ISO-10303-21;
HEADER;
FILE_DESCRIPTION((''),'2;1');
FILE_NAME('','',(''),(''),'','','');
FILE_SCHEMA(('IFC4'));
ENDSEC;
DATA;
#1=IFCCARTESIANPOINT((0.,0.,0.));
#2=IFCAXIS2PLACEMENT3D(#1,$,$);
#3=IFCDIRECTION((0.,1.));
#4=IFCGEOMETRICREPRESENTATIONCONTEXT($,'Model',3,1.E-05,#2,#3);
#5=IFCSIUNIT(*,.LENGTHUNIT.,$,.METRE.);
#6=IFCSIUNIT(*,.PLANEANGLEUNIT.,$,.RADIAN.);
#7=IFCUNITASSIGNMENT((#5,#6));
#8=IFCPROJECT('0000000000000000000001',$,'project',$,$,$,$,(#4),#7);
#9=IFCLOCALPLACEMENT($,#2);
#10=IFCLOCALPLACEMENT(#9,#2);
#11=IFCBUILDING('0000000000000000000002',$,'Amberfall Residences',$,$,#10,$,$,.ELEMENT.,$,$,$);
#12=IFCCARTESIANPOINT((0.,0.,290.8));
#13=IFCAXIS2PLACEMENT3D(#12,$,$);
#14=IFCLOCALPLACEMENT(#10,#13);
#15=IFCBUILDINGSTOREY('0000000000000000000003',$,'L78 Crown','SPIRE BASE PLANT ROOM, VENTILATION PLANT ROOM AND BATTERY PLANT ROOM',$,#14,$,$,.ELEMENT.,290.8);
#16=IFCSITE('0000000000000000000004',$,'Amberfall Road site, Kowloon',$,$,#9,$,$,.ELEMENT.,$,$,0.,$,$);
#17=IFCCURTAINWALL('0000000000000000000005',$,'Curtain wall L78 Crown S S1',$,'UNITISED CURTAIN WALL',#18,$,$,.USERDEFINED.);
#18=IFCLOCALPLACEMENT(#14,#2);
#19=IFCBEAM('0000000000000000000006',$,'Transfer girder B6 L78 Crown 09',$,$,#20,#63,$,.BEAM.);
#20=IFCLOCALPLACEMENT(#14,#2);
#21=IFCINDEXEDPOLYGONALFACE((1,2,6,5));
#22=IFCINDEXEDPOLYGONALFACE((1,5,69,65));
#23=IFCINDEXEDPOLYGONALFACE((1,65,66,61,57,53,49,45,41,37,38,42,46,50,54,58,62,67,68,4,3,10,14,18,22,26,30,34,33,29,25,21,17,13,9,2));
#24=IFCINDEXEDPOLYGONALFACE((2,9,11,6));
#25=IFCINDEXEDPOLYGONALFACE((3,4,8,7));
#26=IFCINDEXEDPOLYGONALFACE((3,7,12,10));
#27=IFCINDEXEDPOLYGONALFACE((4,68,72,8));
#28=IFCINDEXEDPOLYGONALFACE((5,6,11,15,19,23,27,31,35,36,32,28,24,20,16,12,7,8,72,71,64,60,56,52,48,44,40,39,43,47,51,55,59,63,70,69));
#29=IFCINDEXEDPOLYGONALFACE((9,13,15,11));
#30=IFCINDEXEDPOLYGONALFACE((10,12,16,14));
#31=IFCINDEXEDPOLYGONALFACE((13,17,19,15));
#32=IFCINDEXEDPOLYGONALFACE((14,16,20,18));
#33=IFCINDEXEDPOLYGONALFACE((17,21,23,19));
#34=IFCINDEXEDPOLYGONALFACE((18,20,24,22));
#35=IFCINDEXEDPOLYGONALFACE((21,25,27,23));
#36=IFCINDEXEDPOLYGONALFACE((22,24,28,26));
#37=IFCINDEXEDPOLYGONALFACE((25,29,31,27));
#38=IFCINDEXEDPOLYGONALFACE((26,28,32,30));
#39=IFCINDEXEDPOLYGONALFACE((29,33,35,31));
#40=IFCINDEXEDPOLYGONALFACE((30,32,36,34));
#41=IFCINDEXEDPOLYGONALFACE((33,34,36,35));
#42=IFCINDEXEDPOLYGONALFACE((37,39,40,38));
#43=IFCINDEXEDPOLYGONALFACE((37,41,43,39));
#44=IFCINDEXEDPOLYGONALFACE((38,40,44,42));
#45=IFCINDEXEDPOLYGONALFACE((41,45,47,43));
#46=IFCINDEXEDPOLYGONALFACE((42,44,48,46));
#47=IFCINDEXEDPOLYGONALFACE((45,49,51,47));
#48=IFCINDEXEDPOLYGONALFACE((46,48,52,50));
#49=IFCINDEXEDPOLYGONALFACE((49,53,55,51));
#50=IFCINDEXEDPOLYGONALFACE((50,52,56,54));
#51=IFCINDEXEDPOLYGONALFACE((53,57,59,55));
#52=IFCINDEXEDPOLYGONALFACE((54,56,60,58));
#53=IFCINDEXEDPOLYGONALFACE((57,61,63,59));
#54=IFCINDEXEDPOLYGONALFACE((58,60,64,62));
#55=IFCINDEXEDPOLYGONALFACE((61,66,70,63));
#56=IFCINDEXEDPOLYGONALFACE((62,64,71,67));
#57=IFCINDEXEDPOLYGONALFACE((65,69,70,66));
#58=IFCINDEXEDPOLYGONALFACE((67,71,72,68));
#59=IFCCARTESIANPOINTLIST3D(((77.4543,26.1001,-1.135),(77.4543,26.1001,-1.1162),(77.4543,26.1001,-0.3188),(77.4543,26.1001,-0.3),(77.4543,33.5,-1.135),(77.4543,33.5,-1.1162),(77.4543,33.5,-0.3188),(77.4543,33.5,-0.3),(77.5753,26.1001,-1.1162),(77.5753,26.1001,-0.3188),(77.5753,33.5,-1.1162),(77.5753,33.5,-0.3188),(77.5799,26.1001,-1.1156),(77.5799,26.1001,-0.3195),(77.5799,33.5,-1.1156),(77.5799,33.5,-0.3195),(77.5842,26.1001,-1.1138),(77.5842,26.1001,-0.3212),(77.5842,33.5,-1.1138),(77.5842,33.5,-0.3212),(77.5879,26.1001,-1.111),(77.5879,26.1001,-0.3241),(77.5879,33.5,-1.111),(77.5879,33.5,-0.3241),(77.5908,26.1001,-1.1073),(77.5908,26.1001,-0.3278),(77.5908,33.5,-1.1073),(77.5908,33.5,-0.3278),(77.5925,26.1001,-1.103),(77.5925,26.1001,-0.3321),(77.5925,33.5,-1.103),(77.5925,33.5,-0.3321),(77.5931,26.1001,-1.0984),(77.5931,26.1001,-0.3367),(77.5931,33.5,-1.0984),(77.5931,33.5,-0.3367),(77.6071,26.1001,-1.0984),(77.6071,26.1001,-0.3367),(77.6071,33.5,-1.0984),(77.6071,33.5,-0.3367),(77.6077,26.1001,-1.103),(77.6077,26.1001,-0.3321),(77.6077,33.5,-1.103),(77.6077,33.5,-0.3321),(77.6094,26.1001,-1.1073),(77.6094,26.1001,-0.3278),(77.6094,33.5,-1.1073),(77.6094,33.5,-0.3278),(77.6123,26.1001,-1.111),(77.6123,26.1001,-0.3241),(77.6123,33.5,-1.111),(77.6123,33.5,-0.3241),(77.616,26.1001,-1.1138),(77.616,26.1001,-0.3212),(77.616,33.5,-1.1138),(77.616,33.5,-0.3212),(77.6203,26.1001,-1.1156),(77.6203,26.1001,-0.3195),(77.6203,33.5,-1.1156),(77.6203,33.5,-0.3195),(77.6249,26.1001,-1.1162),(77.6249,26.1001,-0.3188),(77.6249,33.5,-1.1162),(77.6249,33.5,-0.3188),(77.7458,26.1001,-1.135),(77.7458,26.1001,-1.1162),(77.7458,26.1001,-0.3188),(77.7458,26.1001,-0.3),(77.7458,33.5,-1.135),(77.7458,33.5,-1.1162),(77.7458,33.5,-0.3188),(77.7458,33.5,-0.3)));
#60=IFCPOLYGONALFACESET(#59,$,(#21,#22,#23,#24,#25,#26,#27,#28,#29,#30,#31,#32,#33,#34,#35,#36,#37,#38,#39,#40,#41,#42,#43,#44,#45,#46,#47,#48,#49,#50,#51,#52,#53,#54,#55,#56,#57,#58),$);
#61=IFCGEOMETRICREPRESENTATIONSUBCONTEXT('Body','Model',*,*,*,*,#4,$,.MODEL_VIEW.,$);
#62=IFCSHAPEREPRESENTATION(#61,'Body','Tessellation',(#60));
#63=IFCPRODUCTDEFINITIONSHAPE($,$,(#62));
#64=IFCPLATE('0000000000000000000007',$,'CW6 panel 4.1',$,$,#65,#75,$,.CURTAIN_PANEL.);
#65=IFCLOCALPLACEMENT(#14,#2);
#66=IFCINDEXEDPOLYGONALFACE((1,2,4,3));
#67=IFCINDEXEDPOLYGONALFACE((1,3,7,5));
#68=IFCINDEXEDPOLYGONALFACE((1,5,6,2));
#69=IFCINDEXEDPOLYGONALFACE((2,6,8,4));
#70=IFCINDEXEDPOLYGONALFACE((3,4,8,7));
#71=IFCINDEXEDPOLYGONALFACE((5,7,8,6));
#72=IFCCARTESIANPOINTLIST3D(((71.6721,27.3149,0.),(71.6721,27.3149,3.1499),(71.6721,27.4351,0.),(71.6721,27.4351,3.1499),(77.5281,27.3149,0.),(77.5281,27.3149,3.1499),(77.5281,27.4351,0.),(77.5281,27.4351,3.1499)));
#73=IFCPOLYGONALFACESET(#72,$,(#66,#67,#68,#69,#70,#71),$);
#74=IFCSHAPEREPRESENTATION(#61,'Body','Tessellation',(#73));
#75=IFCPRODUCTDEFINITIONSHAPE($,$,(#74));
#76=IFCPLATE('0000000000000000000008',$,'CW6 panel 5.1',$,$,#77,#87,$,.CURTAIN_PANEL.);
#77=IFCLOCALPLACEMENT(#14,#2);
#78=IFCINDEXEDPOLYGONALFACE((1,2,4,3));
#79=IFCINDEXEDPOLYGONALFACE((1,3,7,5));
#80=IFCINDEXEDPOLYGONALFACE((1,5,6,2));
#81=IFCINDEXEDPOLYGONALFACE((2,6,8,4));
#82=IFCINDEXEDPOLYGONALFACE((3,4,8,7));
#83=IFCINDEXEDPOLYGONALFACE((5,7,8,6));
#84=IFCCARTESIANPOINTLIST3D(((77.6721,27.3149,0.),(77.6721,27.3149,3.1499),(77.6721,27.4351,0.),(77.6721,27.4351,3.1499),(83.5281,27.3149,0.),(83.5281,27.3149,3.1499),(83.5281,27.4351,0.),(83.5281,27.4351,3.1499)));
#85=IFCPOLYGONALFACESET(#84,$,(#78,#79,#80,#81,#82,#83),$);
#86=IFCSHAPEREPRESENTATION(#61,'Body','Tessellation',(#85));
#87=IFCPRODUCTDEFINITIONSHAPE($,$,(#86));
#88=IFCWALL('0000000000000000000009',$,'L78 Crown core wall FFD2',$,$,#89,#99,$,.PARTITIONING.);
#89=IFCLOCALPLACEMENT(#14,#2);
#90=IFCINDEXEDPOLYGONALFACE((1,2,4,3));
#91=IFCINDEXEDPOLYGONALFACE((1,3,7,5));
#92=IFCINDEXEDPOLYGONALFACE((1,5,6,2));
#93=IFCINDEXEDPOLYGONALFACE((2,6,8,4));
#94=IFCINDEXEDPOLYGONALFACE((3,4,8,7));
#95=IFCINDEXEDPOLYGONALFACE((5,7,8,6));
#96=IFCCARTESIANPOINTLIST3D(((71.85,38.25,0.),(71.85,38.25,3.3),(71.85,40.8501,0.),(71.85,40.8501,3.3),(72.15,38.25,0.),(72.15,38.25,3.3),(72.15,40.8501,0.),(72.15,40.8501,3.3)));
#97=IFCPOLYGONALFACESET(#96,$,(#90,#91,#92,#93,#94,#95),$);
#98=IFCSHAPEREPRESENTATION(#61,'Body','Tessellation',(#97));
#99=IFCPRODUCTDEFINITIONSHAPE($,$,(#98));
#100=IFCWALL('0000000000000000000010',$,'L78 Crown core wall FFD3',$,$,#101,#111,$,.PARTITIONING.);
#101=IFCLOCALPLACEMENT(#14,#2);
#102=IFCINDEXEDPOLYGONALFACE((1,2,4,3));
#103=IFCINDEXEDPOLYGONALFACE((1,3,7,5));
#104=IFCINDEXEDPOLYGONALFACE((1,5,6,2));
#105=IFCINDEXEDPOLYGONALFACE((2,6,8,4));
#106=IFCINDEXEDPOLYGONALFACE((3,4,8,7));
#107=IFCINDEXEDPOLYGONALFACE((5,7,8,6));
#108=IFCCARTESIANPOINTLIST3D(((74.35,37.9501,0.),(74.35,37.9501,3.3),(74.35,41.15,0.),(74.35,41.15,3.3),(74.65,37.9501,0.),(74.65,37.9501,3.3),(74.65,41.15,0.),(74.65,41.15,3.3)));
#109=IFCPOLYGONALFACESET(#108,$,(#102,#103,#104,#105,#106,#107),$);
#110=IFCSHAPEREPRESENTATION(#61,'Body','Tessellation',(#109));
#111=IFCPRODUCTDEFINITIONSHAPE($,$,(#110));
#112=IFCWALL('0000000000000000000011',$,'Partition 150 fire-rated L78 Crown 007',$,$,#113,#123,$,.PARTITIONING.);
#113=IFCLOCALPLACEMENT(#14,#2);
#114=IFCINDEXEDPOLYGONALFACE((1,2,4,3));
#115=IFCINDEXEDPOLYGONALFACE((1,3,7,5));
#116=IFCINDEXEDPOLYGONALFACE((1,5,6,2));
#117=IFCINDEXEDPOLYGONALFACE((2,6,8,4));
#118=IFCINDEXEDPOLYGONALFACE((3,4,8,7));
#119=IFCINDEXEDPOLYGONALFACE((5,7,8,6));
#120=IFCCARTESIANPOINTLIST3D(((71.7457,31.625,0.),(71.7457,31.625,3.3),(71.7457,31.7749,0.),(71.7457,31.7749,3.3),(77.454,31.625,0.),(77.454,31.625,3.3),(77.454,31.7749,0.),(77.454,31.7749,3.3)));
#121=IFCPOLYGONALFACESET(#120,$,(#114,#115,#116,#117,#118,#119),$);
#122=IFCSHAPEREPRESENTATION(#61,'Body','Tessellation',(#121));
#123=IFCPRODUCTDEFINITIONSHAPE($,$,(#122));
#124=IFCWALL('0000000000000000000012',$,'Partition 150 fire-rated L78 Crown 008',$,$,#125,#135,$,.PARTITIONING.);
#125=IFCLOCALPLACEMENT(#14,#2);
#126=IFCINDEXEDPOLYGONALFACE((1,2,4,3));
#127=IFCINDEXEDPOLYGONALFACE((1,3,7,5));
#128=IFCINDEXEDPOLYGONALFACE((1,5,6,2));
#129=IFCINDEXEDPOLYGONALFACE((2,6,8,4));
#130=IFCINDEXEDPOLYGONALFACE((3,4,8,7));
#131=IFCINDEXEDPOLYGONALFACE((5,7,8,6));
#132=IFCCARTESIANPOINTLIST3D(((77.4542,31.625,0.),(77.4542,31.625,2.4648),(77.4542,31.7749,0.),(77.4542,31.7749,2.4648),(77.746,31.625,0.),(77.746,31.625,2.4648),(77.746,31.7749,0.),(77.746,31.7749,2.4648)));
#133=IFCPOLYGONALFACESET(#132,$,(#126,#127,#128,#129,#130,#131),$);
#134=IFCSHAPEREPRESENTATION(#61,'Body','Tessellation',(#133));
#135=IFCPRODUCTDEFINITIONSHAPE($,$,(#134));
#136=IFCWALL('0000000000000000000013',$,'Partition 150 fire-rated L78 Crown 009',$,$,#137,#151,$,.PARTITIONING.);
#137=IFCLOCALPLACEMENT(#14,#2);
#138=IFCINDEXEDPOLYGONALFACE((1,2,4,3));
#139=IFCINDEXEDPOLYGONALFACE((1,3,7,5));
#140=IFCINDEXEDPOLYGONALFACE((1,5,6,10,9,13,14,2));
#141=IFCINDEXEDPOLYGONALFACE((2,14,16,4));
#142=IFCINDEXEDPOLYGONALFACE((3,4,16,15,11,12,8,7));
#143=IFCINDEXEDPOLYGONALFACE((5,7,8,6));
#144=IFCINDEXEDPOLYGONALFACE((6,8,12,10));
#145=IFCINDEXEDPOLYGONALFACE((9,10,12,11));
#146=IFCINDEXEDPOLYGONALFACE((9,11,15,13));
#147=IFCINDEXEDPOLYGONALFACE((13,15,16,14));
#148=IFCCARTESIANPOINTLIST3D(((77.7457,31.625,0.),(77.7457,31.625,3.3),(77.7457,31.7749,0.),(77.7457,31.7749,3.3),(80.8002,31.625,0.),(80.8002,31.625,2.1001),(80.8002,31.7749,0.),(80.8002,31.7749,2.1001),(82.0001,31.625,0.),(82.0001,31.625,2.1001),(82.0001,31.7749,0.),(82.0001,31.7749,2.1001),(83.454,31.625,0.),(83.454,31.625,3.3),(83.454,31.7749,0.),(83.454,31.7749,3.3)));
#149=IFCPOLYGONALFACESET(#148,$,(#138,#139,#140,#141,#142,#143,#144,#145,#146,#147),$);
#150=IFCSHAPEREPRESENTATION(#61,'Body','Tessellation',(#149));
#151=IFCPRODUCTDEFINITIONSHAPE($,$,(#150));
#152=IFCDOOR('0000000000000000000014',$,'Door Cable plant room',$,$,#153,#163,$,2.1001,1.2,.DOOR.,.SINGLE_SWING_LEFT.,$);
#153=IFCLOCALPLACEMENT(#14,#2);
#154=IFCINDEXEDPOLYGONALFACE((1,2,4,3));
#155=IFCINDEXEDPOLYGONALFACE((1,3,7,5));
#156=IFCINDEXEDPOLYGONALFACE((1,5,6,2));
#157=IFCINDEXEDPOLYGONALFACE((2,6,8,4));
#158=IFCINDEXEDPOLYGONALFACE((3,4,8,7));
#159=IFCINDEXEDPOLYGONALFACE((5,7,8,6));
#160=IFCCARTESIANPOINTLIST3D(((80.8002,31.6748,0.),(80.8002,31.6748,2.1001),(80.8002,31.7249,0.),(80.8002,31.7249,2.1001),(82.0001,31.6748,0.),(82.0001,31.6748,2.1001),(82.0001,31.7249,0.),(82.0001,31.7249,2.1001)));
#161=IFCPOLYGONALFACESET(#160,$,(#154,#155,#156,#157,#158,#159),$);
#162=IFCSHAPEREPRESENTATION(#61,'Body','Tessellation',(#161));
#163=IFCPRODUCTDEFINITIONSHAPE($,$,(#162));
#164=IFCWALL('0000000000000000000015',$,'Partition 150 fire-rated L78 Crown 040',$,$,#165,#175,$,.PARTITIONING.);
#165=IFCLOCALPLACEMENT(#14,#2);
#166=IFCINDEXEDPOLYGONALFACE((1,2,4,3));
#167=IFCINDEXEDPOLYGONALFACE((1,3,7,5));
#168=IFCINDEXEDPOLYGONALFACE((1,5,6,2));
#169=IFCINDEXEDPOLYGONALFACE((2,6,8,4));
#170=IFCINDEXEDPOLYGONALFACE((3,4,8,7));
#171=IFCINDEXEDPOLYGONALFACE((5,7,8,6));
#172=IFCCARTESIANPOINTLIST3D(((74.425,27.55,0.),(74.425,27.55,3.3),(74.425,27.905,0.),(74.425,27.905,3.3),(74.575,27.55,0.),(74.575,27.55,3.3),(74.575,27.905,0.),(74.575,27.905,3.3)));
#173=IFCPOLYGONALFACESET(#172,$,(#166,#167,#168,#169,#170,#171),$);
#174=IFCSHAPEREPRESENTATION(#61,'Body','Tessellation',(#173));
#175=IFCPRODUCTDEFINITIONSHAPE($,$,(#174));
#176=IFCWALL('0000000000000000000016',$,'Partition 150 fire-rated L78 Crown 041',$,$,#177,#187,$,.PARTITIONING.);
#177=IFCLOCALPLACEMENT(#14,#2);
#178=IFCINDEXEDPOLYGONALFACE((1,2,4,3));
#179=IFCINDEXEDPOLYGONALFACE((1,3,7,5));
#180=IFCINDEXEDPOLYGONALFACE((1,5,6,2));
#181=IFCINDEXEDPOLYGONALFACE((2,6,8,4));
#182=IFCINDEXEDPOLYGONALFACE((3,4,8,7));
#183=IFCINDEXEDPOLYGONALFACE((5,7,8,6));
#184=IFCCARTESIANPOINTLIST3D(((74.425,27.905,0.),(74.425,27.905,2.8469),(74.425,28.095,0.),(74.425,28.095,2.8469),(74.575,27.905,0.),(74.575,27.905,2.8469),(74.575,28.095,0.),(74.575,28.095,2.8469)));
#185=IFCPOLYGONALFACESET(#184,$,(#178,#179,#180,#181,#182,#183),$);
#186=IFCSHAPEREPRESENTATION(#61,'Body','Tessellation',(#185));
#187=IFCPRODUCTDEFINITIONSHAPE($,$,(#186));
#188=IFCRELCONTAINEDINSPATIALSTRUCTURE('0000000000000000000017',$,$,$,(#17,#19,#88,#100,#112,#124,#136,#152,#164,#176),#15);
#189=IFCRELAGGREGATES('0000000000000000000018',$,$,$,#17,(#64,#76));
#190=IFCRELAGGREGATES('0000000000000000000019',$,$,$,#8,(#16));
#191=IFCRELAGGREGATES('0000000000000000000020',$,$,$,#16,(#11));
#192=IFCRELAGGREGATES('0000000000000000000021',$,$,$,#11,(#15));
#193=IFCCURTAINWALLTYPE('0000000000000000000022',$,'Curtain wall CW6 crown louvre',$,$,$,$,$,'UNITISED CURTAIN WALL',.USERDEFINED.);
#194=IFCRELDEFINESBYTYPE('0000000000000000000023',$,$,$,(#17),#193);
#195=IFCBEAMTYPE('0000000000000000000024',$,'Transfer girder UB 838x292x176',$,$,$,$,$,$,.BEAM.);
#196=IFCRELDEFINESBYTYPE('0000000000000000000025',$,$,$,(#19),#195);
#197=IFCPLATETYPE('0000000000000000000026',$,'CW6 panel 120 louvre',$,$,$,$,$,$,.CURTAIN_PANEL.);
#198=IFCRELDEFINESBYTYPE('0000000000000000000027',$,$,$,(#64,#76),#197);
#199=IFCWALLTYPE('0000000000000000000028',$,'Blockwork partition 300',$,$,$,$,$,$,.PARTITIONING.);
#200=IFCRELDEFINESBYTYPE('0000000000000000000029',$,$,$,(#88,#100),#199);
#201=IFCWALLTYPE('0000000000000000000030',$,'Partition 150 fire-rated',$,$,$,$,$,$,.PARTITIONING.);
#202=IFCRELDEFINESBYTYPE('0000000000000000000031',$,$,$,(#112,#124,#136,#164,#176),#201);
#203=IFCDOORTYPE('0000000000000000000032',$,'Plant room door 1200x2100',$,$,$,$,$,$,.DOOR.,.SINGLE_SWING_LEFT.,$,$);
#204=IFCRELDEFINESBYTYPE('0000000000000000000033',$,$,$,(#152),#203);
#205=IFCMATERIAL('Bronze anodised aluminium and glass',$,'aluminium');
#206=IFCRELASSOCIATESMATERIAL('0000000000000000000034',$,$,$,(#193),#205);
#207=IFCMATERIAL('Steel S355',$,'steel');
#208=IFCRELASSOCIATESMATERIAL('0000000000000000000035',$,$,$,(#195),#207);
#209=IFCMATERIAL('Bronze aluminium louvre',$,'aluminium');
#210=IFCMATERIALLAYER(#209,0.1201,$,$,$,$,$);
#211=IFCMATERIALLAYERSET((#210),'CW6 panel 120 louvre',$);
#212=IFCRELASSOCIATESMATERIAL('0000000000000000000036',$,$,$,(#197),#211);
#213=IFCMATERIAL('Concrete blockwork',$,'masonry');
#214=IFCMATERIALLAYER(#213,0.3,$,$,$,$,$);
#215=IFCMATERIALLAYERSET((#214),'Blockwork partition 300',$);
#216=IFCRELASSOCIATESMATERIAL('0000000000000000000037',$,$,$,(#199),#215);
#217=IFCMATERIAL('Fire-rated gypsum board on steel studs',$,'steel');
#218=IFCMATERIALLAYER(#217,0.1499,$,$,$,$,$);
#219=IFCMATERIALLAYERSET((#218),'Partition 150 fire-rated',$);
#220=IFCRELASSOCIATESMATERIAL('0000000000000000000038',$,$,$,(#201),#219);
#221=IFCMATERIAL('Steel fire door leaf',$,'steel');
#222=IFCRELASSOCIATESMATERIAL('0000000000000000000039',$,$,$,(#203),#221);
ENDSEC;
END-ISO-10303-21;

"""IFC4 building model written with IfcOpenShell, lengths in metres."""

from ifc_helpers import new_model, si_unit, direction, frame, frame_2d, origin, origin_2d, place, context, subcontext, project, spatial, rectangle, i_section, extrude, material, layer, layer_set, material_profile, profile_set, type_object, element, fill, aggregate, save


model = new_model("IFC4")

# Units and contexts
model_context = context("Model", 3, precision=1e-05, world=origin(), true_north=direction((0.0, 1.0)))
body_context = subcontext(model_context, "Body", "Model", "MODEL_VIEW")
ifc_project = project(units=[si_unit("LENGTHUNIT", "METRE"), si_unit("PLANEANGLEUNIT", "RADIAN")], contexts=[model_context])

# Site, building, storey
site_placement = place(None, origin())
site = spatial("IfcSite", under=ifc_project, at=site_placement, Name="Amberfall Road site, Kowloon", CompositionType="ELEMENT", RefElevation=0.0)
building_placement = place(site_placement, origin())
building = spatial("IfcBuilding", under=site, at=building_placement, Name="Amberfall Residences", CompositionType="ELEMENT")
storey_placement = place(building_placement, frame((0.0, 0.0, 290.8)))
storey = spatial("IfcBuildingStorey", under=building, at=storey_placement, Name="L78 Crown", Description="SPIRE BASE PLANT ROOM, VENTILATION PLANT ROOM AND BATTERY PLANT ROOM", CompositionType="ELEMENT", Elevation=290.8)

# Shared definitions
ifc_material_1 = material(Name="Steel S355", Category="steel")

# Curtain wall
ifc_material_2 = material(Name="Bronze anodised aluminium and glass", Category="aluminium")
curtain_wall_type = type_object("IfcCurtainWallType", Name="Curtain wall CW6 crown louvre", ElementType="UNITISED CURTAIN WALL", PredefinedType="USERDEFINED", material=ifc_material_2)
curtain_wall_placement = place(storey_placement, origin())
curtain_wall = element("IfcCurtainWall", 1, at=curtain_wall_placement, inside=storey, type_object=curtain_wall_type, Name="Curtain wall L78 Crown S S1", ObjectType="UNITISED CURTAIN WALL", PredefinedType="USERDEFINED")

# Beam
ifc_material_profile_1 = material_profile(ifc_material_1, i_section(OverallWidth=0.2915, OverallDepth=0.835, WebThickness=0.0139, FlangeThickness=0.0188, FilletRadius=0.0178, at=origin_2d()), Name="UB 838x292x176")
ifc_profile_set_1 = profile_set([ifc_material_profile_1], Name="Steel S355")
beam_type_1 = type_object("IfcBeamType", Name="Transfer girder UB 838x292x176", PredefinedType="BEAM", material=ifc_profile_set_1)
beam_1_placement = place(storey_placement, frame((77.6001, 26.1001, -0.7175), z_axis=(0.0, 1.0, 0.0), x_axis=(-1.0, 0.0, 0.0)))
element("IfcBeam", 2, at=beam_1_placement, inside=storey, type_object=beam_type_1, Name="Transfer girder B6 L78 Crown 09", PredefinedType="BEAM", context=body_context, shape_type="SweptSolid", body=[
    extrude(i_section(OverallWidth=0.2915, OverallDepth=0.835, WebThickness=0.0139, FlangeThickness=0.0188, FilletRadius=0.0178, at=origin_2d()), origin(), (0.0, 0.0, 1.0), 7.3999),
])

# Plates
ifc_material_3 = material(Name="Bronze aluminium louvre", Category="aluminium")
ifc_layer_1 = layer(ifc_material_3, 0.1201)
ifc_layer_set_1 = layer_set([ifc_layer_1], Name="CW6 panel 120 louvre")
plate_type = type_object("IfcPlateType", Name="CW6 panel 120 louvre", PredefinedType="CURTAIN_PANEL", material=ifc_layer_set_1)
plate_1_placement = place(storey_placement, frame((74.6001, 27.375, 0.0), z_axis=(0.0, 0.0, 1.0), x_axis=(1.0, 0.0, 0.0)))
plate_1 = element("IfcPlate", 3, at=plate_1_placement, type_object=plate_type, Name="CW6 panel 4.1", PredefinedType="CURTAIN_PANEL", context=body_context, shape_type="SweptSolid", body=[
    extrude(rectangle(XDim=5.856, YDim=0.1201, at=origin_2d()), origin(), (0.0, 0.0, 1.0), 3.1499),
])
plate_2_placement = place(storey_placement, frame((80.6001, 27.375, 0.0), z_axis=(0.0, 0.0, 1.0), x_axis=(1.0, 0.0, 0.0)))
plate_2 = element("IfcPlate", 4, at=plate_2_placement, type_object=plate_type, Name="CW6 panel 5.1", PredefinedType="CURTAIN_PANEL", context=body_context, shape_type="SweptSolid", body=[
    extrude(rectangle(XDim=5.856, YDim=0.1201, at=origin_2d()), origin(), (0.0, 0.0, 1.0), 3.1499),
])
aggregate(curtain_wall, [plate_1, plate_2])

# Walls
ifc_material_4 = material(Name="Concrete blockwork", Category="masonry")
ifc_layer_2 = layer(ifc_material_4, 0.3)
ifc_layer_set_2 = layer_set([ifc_layer_2], Name="Blockwork partition 300")
wall_type_1 = type_object("IfcWallType", Name="Blockwork partition 300", PredefinedType="PARTITIONING", material=ifc_layer_set_2)
wall_1_placement = place(storey_placement, frame((72.0, 38.25, 0.0), z_axis=(0.0, 0.0, 1.0), x_axis=(0.0, 1.0, 0.0)))
element("IfcWall", 5, at=wall_1_placement, inside=storey, type_object=wall_type_1, Name="L78 Crown core wall FFD2", PredefinedType="PARTITIONING", context=body_context, shape_type="SweptSolid", body=[
    extrude(rectangle(XDim=2.6001, YDim=0.3, at=frame_2d((1.3, 0.0))), origin(), (0.0, 0.0, 1.0), 3.3),
])
wall_2_placement = place(storey_placement, frame((74.5, 37.95, 0.0), z_axis=(0.0, 0.0, 1.0), x_axis=(0.0, 1.0, 0.0)))
element("IfcWall", 6, at=wall_2_placement, inside=storey, type_object=wall_type_1, Name="L78 Crown core wall FFD3", PredefinedType="PARTITIONING", context=body_context, shape_type="SweptSolid", body=[
    extrude(rectangle(XDim=3.2, YDim=0.3, at=frame_2d((1.6001, 0.0))), origin(), (0.0, 0.0, 1.0), 3.3),
])
ifc_material_5 = material(Name="Fire-rated gypsum board on steel studs", Category="steel")
ifc_layer_3 = layer(ifc_material_5, 0.1499)
ifc_layer_set_3 = layer_set([ifc_layer_3], Name="Partition 150 fire-rated")
wall_type_2 = type_object("IfcWallType", Name="Partition 150 fire-rated", PredefinedType="PARTITIONING", material=ifc_layer_set_3)
wall_3_placement = place(storey_placement, frame((71.7458, 31.7, 0.0), z_axis=(0.0, 0.0, 1.0), x_axis=(1.0, 0.0, 0.0)))
element("IfcWall", 7, at=wall_3_placement, inside=storey, type_object=wall_type_2, Name="Partition 150 fire-rated L78 Crown 007", PredefinedType="PARTITIONING", context=body_context, shape_type="SweptSolid", body=[
    extrude(rectangle(XDim=5.7083, YDim=0.1499, at=frame_2d((2.854, 0.0))), origin(), (0.0, 0.0, 1.0), 3.3),
])
wall_4_placement = place(storey_placement, frame((77.4541, 31.7, 0.0), z_axis=(0.0, 0.0, 1.0), x_axis=(1.0, 0.0, 0.0)))
element("IfcWall", 8, at=wall_4_placement, inside=storey, type_object=wall_type_2, Name="Partition 150 fire-rated L78 Crown 008", PredefinedType="PARTITIONING", context=body_context, shape_type="SweptSolid", body=[
    extrude(rectangle(XDim=0.2917, YDim=0.1499, at=frame_2d((0.146, 0.0))), origin(), (0.0, 0.0, 1.0), 2.4648),
])

# Wall, opening, door
wall_5_placement = place(storey_placement, frame((77.7458, 31.7, 0.0), z_axis=(0.0, 0.0, 1.0), x_axis=(1.0, 0.0, 0.0)))
wall_5 = element("IfcWall", 9, at=wall_5_placement, inside=storey, type_object=wall_type_2, Name="Partition 150 fire-rated L78 Crown 009", PredefinedType="PARTITIONING", context=body_context, shape_type="SweptSolid", body=[
    extrude(rectangle(XDim=5.7083, YDim=0.1499, at=frame_2d((2.854, 0.0))), origin(), (0.0, 0.0, 1.0), 3.3),
])
opening_placement = place(wall_5_placement, frame((3.0542, 0.0, 0.0)))
opening = element("IfcOpeningElement", 10, at=opening_placement, cuts=wall_5, PredefinedType="OPENING", context=body_context, shape_type="SweptSolid", body=[
    extrude(rectangle(XDim=1.2, YDim=2.1001, at=frame_2d((0.6001, 1.05))), frame((0.0, 0.085, 0.0), z_axis=(0.0, -1.0, 0.0), x_axis=(1.0, 0.0, 0.0)), (0.0, 0.0, 1.0), 0.1699),
])
ifc_material_6 = material(Name="Steel fire door leaf", Category="steel")
door_type = type_object("IfcDoorType", Name="Plant room door 1200x2100", OperationType="SINGLE_SWING_LEFT", PredefinedType="DOOR", material=ifc_material_6)
door_placement = place(opening_placement, origin())
door = element("IfcDoor", 11, at=door_placement, inside=storey, type_object=door_type, Name="Door Cable plant room", OperationType="SINGLE_SWING_LEFT", OverallHeight=2.1001, OverallWidth=1.2, PredefinedType="DOOR", context=body_context, shape_type="SweptSolid", body=[
    extrude(rectangle(XDim=1.2, YDim=2.1001, at=frame_2d((0.6001, 1.05))), frame((0.0, 0.0249, 0.0), z_axis=(0.0, -1.0, 0.0), x_axis=(1.0, 0.0, 0.0)), (0.0, 0.0, 1.0), 0.05),
])
fill(opening, door)

# Walls
wall_6_placement = place(storey_placement, frame((74.5, 27.55, 0.0), z_axis=(0.0, 0.0, 1.0), x_axis=(0.0, 1.0, 0.0)))
element("IfcWall", 12, at=wall_6_placement, inside=storey, type_object=wall_type_2, Name="Partition 150 fire-rated L78 Crown 040", PredefinedType="PARTITIONING", context=body_context, shape_type="SweptSolid", body=[
    extrude(rectangle(XDim=0.355, YDim=0.1499, at=frame_2d((0.1775, 0.0))), origin(), (0.0, 0.0, 1.0), 3.3),
])
wall_7_placement = place(storey_placement, frame((74.5, 27.905, 0.0), z_axis=(0.0, 0.0, 1.0), x_axis=(0.0, 1.0, 0.0)))
element("IfcWall", 13, at=wall_7_placement, inside=storey, type_object=wall_type_2, Name="Partition 150 fire-rated L78 Crown 041", PredefinedType="PARTITIONING", context=body_context, shape_type="SweptSolid", body=[
    extrude(rectangle(XDim=0.1899, YDim=0.1499, at=frame_2d((0.095, 0.0))), origin(), (0.0, 0.0, 1.0), 2.8469),
])

save(model, "model.ifc")
